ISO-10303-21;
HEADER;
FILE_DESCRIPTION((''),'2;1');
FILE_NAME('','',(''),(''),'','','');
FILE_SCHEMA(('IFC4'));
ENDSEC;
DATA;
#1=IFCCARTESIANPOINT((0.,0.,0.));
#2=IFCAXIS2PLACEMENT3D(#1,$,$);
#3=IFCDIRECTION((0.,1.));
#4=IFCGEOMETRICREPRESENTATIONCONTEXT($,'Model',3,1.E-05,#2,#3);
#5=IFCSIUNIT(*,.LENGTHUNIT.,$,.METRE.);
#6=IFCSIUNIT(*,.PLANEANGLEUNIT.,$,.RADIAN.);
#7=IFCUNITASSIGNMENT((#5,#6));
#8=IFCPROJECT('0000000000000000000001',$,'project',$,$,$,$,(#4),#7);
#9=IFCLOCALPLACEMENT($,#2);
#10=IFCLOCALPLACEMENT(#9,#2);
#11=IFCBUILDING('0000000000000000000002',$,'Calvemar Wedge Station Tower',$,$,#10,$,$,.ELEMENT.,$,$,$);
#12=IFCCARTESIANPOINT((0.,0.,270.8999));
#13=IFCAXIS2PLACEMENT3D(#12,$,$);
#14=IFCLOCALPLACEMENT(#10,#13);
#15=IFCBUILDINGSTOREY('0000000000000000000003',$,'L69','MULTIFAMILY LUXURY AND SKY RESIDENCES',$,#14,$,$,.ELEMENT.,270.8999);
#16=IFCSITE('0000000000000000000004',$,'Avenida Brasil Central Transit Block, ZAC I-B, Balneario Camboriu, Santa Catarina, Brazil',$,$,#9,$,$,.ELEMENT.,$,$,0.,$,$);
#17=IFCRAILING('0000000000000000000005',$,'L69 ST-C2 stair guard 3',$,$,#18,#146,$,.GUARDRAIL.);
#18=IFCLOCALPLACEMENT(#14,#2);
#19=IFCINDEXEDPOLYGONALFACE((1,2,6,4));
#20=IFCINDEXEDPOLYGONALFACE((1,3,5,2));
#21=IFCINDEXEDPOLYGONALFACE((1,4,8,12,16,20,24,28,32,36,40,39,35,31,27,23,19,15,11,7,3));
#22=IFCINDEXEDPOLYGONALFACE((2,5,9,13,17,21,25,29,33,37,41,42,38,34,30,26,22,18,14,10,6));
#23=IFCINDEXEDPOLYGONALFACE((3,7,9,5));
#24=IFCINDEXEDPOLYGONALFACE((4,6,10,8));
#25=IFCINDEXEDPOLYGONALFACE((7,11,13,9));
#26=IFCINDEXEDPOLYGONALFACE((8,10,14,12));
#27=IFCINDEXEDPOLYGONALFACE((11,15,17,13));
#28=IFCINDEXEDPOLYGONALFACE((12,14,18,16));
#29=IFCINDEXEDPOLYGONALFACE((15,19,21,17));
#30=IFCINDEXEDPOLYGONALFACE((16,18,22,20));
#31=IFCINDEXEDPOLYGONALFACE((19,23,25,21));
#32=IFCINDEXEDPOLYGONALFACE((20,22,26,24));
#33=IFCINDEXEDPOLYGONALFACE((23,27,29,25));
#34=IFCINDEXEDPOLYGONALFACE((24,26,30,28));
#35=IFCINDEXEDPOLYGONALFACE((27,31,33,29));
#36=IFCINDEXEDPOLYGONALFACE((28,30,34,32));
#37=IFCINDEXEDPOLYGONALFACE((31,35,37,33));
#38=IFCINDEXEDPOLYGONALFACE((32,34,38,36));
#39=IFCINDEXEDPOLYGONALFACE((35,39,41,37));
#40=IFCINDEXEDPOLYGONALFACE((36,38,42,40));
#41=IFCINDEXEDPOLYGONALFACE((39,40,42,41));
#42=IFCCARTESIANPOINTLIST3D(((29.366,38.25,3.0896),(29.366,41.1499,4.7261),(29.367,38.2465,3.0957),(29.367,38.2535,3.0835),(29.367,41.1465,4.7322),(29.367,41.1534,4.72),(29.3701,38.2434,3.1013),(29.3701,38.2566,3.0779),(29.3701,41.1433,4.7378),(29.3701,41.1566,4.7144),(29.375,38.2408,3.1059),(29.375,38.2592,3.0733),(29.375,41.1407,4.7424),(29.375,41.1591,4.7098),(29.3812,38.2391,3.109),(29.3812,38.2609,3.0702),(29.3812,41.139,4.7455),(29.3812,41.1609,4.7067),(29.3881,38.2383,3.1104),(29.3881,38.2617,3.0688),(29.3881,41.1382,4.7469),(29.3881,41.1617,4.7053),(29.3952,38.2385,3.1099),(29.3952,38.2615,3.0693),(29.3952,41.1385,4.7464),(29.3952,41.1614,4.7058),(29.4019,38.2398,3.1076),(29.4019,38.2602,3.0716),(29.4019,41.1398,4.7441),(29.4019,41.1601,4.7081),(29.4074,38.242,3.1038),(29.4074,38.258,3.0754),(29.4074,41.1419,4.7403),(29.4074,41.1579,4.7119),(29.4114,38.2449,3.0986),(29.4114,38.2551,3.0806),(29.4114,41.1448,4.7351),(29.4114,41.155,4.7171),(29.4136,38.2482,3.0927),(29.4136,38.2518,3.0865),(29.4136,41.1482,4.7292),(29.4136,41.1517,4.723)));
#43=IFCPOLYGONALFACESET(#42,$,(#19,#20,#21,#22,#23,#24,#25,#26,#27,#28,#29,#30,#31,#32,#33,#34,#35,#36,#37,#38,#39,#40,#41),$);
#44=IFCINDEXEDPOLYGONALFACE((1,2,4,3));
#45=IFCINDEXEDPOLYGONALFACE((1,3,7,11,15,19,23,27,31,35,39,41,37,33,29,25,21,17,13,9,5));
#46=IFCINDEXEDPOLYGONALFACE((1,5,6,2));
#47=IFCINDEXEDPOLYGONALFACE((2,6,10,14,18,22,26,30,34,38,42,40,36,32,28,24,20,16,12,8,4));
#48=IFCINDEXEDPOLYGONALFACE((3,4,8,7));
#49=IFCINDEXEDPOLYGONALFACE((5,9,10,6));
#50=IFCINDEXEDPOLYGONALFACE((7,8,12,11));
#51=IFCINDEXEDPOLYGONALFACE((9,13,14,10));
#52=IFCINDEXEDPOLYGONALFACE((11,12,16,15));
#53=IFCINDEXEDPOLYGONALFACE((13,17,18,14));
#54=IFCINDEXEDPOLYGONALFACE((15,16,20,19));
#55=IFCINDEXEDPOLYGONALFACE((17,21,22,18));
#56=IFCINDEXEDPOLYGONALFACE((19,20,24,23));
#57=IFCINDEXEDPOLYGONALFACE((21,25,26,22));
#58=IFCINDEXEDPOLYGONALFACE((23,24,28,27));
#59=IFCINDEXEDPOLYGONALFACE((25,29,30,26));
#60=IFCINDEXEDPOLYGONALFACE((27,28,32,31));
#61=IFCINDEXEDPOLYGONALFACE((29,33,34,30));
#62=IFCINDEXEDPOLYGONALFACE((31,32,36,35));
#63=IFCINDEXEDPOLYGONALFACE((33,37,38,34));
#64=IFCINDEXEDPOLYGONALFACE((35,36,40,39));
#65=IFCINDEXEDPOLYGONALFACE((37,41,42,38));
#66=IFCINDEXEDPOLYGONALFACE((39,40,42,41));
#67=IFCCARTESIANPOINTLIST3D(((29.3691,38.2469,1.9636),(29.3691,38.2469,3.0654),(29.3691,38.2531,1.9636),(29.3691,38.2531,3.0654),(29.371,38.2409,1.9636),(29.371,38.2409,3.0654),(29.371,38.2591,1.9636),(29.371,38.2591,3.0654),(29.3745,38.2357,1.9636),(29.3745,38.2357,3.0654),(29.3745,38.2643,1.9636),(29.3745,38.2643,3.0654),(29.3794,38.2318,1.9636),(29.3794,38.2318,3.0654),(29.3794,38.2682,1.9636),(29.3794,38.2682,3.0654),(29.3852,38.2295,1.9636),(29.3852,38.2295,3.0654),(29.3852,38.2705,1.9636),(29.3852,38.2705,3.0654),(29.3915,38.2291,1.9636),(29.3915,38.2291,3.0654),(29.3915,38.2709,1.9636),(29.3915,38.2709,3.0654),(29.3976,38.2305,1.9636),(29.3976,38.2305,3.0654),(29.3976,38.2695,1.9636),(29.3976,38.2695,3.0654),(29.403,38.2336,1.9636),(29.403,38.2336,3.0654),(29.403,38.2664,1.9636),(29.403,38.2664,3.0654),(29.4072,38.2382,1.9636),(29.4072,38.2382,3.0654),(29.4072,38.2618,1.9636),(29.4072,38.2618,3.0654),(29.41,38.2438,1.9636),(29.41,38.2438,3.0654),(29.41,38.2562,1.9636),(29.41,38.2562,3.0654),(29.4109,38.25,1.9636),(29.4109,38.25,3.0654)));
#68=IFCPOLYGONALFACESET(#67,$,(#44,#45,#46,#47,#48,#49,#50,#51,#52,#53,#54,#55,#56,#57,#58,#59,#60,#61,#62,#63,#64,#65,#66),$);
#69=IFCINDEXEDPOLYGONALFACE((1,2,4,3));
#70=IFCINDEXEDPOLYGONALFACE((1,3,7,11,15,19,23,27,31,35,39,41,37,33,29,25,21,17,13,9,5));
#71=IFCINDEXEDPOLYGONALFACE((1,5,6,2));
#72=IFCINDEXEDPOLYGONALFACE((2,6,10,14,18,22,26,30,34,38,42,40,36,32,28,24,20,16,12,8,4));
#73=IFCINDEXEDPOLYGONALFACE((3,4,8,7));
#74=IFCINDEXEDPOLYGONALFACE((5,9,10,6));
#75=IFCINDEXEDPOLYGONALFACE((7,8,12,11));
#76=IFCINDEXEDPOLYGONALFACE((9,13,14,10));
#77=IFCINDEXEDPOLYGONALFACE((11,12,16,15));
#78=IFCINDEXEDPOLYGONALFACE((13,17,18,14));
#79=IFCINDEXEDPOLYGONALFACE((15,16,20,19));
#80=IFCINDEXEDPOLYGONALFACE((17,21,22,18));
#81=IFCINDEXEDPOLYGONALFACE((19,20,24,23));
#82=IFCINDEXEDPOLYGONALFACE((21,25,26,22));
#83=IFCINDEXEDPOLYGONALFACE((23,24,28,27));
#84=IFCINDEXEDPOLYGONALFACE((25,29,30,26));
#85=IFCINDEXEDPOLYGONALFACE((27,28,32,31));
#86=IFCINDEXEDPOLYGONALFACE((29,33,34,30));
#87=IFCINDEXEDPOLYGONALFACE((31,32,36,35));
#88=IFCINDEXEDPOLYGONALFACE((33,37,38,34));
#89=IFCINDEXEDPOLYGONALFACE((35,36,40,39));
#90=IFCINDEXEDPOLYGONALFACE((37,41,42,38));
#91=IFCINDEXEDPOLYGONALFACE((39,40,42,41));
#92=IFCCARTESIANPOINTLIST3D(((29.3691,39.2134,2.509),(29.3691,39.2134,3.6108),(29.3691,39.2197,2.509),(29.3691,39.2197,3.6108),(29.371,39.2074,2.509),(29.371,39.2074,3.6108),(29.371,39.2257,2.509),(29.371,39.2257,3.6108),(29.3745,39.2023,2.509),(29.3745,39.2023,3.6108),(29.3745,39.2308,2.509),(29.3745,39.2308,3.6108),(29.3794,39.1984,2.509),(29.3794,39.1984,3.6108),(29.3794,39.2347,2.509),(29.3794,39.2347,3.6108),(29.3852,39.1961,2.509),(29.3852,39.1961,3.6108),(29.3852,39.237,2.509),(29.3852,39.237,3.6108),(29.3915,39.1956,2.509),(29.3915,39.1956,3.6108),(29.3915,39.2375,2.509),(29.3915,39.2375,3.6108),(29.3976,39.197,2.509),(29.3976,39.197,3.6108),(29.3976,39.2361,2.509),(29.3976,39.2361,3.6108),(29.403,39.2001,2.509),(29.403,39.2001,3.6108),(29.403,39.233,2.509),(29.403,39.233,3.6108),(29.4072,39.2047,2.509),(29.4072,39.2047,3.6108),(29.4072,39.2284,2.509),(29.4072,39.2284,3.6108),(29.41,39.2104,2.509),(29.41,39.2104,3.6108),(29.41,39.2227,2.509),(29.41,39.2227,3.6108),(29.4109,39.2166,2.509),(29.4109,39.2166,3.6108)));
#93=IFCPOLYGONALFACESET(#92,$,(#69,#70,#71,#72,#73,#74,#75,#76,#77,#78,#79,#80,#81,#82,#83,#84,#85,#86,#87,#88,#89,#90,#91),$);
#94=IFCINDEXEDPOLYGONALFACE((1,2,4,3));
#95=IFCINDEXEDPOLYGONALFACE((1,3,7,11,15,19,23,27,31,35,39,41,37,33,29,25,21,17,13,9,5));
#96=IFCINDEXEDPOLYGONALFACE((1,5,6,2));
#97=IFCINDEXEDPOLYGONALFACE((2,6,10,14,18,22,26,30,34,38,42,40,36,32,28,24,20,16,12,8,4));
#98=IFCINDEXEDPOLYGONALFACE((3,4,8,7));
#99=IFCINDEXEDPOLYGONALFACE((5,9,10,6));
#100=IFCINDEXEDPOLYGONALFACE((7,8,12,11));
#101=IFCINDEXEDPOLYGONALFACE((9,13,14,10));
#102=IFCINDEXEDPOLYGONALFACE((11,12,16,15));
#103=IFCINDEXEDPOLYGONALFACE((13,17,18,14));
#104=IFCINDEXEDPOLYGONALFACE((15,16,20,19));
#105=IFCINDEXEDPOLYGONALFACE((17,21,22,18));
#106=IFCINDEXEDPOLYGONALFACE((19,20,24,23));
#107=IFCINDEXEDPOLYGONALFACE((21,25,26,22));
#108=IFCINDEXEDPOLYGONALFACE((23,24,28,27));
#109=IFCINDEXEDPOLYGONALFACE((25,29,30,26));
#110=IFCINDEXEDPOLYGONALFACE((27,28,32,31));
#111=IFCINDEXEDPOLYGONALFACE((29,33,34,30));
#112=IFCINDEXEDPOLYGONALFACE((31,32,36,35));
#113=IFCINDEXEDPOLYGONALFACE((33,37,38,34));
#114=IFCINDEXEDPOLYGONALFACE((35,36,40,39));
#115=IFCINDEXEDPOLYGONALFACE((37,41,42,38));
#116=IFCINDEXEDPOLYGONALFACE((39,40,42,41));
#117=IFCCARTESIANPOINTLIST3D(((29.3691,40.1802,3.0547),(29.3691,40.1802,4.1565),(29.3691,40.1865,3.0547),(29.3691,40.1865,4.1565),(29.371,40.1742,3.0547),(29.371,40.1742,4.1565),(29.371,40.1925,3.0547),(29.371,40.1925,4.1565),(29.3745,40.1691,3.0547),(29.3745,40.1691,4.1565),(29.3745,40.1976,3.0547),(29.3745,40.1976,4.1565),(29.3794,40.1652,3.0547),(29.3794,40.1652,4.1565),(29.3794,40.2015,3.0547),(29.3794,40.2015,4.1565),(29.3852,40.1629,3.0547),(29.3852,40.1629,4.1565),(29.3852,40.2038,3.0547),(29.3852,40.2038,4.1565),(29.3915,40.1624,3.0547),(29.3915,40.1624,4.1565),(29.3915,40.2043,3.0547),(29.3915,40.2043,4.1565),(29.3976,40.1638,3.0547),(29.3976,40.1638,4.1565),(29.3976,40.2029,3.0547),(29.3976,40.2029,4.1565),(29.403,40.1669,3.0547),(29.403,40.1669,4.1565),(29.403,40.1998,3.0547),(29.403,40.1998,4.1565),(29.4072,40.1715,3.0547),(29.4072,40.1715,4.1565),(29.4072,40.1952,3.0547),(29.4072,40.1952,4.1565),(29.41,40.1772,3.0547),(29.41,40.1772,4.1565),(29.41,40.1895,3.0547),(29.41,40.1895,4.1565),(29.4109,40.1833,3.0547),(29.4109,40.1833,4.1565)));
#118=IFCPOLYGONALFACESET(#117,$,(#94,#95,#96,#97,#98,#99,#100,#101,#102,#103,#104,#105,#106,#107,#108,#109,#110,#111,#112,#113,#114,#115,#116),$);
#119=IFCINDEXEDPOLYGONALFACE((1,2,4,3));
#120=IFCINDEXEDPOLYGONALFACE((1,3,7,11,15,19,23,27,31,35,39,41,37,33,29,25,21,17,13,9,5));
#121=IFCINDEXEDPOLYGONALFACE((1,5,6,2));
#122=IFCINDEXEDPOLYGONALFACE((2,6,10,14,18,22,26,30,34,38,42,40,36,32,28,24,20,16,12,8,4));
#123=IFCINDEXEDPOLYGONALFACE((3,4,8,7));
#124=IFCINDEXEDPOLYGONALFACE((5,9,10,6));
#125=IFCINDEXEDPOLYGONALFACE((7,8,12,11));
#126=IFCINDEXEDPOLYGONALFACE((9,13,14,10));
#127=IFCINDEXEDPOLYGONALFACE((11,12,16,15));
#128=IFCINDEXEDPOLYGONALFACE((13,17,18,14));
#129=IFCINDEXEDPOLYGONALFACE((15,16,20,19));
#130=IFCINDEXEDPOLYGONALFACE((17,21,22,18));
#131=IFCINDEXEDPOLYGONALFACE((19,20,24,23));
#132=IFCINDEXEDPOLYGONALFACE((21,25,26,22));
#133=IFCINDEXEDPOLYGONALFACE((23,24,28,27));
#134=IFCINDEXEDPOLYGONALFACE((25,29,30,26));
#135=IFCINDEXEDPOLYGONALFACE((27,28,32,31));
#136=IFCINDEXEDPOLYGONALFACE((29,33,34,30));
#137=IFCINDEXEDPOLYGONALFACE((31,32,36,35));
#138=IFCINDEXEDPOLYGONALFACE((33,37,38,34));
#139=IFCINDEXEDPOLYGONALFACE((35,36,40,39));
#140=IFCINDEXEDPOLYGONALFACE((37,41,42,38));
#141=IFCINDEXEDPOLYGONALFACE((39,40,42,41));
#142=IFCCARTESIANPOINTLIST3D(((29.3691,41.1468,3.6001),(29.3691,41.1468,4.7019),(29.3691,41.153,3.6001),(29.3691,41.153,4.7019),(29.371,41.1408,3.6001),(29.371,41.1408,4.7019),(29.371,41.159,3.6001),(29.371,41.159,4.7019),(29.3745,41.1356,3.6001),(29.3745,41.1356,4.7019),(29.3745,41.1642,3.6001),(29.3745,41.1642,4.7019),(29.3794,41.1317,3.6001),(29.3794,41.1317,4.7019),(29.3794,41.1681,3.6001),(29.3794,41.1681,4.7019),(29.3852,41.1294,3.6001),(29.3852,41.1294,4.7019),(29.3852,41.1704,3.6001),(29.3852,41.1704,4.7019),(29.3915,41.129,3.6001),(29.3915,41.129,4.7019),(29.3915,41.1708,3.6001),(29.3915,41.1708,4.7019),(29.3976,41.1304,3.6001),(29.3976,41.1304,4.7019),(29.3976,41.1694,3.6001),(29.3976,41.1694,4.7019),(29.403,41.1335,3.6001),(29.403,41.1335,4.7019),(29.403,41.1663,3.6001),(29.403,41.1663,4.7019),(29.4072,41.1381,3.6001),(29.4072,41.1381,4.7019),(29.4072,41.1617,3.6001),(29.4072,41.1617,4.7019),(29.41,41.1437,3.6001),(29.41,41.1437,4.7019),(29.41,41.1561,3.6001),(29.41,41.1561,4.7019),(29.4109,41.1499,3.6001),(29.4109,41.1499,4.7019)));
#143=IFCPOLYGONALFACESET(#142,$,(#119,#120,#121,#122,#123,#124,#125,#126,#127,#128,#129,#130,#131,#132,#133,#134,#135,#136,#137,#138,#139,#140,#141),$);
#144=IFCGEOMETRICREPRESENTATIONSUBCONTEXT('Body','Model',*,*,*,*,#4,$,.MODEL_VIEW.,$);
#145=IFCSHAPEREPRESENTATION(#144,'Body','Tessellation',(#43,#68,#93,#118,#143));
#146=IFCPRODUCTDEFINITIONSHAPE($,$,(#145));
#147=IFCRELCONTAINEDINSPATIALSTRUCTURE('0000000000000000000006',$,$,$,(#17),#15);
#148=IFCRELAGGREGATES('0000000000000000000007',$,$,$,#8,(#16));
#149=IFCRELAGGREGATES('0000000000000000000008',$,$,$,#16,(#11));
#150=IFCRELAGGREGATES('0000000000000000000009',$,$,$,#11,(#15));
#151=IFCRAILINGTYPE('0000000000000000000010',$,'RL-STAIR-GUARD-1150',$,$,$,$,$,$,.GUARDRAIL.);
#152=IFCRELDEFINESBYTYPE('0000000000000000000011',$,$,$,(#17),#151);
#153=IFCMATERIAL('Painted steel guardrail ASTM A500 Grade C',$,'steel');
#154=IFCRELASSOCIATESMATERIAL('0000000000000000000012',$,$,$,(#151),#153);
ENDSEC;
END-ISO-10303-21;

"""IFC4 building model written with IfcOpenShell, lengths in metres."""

from ifc_helpers import new_model, si_unit, direction, frame, origin, origin_2d, place, context, subcontext, project, spatial, circle, extrude, material, type_object, element, save


model = new_model("IFC4")

# Units and contexts
model_context = context("Model", 3, precision=1e-05, world=origin(), true_north=direction((0.0, 1.0)))
body_context = subcontext(model_context, "Body", "Model", "MODEL_VIEW")
ifc_project = project(units=[si_unit("LENGTHUNIT", "METRE"), si_unit("PLANEANGLEUNIT", "RADIAN")], contexts=[model_context])

# Site, building, storey
site_placement = place(None, origin())
site = spatial("IfcSite", under=ifc_project, at=site_placement, Name="Avenida Brasil Central Transit Block, ZAC I-B, Balneario Camboriu, Santa Catarina, Brazil", CompositionType="ELEMENT", RefElevation=0.0)
building_placement = place(site_placement, origin())
building = spatial("IfcBuilding", under=site, at=building_placement, Name="Calvemar Wedge Station Tower", CompositionType="ELEMENT")
storey_placement = place(building_placement, frame((0.0, 0.0, 270.8999)))
storey = spatial("IfcBuildingStorey", under=building, at=storey_placement, Name="L69", Description="MULTIFAMILY LUXURY AND SKY RESIDENCES", CompositionType="ELEMENT", Elevation=270.8999)

# Railing
ifc_material_1 = material(Name="Painted steel guardrail ASTM A500 Grade C", Category="steel")
railing_type_1 = type_object("IfcRailingType", Name="RL-STAIR-GUARD-1150", PredefinedType="GUARDRAIL", material=ifc_material_1)
railing_1_placement = place(storey_placement, frame((29.3899, 38.25, 1.9636)))
element("IfcRailing", 1, at=railing_1_placement, inside=storey, type_object=railing_type_1, Name="L69 ST-C2 stair guard 3", PredefinedType="GUARDRAIL", context=body_context, shape_type="SweptSolid", body=[
    extrude(circle(Radius=0.0239, at=origin_2d()), frame((0.0, 0.0, 1.126), z_axis=(0.0, 0.870897, 0.491465), x_axis=(-1.0, 0.0, 0.0)), (0.0, 0.0, 1.0), 3.3298),
    extrude(circle(Radius=0.021, at=origin_2d()), origin(), (0.0, 0.0, 1.0), 1.1018),
    extrude(circle(Radius=0.021, at=origin_2d()), frame((0.0, 0.9666, 0.5454)), (0.0, 0.0, 1.0), 1.1018),
    extrude(circle(Radius=0.021, at=origin_2d()), frame((0.0, 1.9333, 1.0911)), (0.0, 0.0, 1.0), 1.1018),
    extrude(circle(Radius=0.021, at=origin_2d()), frame((0.0, 2.8999, 1.6365)), (0.0, 0.0, 1.0), 1.1018),
])

save(model, "model.ifc")
